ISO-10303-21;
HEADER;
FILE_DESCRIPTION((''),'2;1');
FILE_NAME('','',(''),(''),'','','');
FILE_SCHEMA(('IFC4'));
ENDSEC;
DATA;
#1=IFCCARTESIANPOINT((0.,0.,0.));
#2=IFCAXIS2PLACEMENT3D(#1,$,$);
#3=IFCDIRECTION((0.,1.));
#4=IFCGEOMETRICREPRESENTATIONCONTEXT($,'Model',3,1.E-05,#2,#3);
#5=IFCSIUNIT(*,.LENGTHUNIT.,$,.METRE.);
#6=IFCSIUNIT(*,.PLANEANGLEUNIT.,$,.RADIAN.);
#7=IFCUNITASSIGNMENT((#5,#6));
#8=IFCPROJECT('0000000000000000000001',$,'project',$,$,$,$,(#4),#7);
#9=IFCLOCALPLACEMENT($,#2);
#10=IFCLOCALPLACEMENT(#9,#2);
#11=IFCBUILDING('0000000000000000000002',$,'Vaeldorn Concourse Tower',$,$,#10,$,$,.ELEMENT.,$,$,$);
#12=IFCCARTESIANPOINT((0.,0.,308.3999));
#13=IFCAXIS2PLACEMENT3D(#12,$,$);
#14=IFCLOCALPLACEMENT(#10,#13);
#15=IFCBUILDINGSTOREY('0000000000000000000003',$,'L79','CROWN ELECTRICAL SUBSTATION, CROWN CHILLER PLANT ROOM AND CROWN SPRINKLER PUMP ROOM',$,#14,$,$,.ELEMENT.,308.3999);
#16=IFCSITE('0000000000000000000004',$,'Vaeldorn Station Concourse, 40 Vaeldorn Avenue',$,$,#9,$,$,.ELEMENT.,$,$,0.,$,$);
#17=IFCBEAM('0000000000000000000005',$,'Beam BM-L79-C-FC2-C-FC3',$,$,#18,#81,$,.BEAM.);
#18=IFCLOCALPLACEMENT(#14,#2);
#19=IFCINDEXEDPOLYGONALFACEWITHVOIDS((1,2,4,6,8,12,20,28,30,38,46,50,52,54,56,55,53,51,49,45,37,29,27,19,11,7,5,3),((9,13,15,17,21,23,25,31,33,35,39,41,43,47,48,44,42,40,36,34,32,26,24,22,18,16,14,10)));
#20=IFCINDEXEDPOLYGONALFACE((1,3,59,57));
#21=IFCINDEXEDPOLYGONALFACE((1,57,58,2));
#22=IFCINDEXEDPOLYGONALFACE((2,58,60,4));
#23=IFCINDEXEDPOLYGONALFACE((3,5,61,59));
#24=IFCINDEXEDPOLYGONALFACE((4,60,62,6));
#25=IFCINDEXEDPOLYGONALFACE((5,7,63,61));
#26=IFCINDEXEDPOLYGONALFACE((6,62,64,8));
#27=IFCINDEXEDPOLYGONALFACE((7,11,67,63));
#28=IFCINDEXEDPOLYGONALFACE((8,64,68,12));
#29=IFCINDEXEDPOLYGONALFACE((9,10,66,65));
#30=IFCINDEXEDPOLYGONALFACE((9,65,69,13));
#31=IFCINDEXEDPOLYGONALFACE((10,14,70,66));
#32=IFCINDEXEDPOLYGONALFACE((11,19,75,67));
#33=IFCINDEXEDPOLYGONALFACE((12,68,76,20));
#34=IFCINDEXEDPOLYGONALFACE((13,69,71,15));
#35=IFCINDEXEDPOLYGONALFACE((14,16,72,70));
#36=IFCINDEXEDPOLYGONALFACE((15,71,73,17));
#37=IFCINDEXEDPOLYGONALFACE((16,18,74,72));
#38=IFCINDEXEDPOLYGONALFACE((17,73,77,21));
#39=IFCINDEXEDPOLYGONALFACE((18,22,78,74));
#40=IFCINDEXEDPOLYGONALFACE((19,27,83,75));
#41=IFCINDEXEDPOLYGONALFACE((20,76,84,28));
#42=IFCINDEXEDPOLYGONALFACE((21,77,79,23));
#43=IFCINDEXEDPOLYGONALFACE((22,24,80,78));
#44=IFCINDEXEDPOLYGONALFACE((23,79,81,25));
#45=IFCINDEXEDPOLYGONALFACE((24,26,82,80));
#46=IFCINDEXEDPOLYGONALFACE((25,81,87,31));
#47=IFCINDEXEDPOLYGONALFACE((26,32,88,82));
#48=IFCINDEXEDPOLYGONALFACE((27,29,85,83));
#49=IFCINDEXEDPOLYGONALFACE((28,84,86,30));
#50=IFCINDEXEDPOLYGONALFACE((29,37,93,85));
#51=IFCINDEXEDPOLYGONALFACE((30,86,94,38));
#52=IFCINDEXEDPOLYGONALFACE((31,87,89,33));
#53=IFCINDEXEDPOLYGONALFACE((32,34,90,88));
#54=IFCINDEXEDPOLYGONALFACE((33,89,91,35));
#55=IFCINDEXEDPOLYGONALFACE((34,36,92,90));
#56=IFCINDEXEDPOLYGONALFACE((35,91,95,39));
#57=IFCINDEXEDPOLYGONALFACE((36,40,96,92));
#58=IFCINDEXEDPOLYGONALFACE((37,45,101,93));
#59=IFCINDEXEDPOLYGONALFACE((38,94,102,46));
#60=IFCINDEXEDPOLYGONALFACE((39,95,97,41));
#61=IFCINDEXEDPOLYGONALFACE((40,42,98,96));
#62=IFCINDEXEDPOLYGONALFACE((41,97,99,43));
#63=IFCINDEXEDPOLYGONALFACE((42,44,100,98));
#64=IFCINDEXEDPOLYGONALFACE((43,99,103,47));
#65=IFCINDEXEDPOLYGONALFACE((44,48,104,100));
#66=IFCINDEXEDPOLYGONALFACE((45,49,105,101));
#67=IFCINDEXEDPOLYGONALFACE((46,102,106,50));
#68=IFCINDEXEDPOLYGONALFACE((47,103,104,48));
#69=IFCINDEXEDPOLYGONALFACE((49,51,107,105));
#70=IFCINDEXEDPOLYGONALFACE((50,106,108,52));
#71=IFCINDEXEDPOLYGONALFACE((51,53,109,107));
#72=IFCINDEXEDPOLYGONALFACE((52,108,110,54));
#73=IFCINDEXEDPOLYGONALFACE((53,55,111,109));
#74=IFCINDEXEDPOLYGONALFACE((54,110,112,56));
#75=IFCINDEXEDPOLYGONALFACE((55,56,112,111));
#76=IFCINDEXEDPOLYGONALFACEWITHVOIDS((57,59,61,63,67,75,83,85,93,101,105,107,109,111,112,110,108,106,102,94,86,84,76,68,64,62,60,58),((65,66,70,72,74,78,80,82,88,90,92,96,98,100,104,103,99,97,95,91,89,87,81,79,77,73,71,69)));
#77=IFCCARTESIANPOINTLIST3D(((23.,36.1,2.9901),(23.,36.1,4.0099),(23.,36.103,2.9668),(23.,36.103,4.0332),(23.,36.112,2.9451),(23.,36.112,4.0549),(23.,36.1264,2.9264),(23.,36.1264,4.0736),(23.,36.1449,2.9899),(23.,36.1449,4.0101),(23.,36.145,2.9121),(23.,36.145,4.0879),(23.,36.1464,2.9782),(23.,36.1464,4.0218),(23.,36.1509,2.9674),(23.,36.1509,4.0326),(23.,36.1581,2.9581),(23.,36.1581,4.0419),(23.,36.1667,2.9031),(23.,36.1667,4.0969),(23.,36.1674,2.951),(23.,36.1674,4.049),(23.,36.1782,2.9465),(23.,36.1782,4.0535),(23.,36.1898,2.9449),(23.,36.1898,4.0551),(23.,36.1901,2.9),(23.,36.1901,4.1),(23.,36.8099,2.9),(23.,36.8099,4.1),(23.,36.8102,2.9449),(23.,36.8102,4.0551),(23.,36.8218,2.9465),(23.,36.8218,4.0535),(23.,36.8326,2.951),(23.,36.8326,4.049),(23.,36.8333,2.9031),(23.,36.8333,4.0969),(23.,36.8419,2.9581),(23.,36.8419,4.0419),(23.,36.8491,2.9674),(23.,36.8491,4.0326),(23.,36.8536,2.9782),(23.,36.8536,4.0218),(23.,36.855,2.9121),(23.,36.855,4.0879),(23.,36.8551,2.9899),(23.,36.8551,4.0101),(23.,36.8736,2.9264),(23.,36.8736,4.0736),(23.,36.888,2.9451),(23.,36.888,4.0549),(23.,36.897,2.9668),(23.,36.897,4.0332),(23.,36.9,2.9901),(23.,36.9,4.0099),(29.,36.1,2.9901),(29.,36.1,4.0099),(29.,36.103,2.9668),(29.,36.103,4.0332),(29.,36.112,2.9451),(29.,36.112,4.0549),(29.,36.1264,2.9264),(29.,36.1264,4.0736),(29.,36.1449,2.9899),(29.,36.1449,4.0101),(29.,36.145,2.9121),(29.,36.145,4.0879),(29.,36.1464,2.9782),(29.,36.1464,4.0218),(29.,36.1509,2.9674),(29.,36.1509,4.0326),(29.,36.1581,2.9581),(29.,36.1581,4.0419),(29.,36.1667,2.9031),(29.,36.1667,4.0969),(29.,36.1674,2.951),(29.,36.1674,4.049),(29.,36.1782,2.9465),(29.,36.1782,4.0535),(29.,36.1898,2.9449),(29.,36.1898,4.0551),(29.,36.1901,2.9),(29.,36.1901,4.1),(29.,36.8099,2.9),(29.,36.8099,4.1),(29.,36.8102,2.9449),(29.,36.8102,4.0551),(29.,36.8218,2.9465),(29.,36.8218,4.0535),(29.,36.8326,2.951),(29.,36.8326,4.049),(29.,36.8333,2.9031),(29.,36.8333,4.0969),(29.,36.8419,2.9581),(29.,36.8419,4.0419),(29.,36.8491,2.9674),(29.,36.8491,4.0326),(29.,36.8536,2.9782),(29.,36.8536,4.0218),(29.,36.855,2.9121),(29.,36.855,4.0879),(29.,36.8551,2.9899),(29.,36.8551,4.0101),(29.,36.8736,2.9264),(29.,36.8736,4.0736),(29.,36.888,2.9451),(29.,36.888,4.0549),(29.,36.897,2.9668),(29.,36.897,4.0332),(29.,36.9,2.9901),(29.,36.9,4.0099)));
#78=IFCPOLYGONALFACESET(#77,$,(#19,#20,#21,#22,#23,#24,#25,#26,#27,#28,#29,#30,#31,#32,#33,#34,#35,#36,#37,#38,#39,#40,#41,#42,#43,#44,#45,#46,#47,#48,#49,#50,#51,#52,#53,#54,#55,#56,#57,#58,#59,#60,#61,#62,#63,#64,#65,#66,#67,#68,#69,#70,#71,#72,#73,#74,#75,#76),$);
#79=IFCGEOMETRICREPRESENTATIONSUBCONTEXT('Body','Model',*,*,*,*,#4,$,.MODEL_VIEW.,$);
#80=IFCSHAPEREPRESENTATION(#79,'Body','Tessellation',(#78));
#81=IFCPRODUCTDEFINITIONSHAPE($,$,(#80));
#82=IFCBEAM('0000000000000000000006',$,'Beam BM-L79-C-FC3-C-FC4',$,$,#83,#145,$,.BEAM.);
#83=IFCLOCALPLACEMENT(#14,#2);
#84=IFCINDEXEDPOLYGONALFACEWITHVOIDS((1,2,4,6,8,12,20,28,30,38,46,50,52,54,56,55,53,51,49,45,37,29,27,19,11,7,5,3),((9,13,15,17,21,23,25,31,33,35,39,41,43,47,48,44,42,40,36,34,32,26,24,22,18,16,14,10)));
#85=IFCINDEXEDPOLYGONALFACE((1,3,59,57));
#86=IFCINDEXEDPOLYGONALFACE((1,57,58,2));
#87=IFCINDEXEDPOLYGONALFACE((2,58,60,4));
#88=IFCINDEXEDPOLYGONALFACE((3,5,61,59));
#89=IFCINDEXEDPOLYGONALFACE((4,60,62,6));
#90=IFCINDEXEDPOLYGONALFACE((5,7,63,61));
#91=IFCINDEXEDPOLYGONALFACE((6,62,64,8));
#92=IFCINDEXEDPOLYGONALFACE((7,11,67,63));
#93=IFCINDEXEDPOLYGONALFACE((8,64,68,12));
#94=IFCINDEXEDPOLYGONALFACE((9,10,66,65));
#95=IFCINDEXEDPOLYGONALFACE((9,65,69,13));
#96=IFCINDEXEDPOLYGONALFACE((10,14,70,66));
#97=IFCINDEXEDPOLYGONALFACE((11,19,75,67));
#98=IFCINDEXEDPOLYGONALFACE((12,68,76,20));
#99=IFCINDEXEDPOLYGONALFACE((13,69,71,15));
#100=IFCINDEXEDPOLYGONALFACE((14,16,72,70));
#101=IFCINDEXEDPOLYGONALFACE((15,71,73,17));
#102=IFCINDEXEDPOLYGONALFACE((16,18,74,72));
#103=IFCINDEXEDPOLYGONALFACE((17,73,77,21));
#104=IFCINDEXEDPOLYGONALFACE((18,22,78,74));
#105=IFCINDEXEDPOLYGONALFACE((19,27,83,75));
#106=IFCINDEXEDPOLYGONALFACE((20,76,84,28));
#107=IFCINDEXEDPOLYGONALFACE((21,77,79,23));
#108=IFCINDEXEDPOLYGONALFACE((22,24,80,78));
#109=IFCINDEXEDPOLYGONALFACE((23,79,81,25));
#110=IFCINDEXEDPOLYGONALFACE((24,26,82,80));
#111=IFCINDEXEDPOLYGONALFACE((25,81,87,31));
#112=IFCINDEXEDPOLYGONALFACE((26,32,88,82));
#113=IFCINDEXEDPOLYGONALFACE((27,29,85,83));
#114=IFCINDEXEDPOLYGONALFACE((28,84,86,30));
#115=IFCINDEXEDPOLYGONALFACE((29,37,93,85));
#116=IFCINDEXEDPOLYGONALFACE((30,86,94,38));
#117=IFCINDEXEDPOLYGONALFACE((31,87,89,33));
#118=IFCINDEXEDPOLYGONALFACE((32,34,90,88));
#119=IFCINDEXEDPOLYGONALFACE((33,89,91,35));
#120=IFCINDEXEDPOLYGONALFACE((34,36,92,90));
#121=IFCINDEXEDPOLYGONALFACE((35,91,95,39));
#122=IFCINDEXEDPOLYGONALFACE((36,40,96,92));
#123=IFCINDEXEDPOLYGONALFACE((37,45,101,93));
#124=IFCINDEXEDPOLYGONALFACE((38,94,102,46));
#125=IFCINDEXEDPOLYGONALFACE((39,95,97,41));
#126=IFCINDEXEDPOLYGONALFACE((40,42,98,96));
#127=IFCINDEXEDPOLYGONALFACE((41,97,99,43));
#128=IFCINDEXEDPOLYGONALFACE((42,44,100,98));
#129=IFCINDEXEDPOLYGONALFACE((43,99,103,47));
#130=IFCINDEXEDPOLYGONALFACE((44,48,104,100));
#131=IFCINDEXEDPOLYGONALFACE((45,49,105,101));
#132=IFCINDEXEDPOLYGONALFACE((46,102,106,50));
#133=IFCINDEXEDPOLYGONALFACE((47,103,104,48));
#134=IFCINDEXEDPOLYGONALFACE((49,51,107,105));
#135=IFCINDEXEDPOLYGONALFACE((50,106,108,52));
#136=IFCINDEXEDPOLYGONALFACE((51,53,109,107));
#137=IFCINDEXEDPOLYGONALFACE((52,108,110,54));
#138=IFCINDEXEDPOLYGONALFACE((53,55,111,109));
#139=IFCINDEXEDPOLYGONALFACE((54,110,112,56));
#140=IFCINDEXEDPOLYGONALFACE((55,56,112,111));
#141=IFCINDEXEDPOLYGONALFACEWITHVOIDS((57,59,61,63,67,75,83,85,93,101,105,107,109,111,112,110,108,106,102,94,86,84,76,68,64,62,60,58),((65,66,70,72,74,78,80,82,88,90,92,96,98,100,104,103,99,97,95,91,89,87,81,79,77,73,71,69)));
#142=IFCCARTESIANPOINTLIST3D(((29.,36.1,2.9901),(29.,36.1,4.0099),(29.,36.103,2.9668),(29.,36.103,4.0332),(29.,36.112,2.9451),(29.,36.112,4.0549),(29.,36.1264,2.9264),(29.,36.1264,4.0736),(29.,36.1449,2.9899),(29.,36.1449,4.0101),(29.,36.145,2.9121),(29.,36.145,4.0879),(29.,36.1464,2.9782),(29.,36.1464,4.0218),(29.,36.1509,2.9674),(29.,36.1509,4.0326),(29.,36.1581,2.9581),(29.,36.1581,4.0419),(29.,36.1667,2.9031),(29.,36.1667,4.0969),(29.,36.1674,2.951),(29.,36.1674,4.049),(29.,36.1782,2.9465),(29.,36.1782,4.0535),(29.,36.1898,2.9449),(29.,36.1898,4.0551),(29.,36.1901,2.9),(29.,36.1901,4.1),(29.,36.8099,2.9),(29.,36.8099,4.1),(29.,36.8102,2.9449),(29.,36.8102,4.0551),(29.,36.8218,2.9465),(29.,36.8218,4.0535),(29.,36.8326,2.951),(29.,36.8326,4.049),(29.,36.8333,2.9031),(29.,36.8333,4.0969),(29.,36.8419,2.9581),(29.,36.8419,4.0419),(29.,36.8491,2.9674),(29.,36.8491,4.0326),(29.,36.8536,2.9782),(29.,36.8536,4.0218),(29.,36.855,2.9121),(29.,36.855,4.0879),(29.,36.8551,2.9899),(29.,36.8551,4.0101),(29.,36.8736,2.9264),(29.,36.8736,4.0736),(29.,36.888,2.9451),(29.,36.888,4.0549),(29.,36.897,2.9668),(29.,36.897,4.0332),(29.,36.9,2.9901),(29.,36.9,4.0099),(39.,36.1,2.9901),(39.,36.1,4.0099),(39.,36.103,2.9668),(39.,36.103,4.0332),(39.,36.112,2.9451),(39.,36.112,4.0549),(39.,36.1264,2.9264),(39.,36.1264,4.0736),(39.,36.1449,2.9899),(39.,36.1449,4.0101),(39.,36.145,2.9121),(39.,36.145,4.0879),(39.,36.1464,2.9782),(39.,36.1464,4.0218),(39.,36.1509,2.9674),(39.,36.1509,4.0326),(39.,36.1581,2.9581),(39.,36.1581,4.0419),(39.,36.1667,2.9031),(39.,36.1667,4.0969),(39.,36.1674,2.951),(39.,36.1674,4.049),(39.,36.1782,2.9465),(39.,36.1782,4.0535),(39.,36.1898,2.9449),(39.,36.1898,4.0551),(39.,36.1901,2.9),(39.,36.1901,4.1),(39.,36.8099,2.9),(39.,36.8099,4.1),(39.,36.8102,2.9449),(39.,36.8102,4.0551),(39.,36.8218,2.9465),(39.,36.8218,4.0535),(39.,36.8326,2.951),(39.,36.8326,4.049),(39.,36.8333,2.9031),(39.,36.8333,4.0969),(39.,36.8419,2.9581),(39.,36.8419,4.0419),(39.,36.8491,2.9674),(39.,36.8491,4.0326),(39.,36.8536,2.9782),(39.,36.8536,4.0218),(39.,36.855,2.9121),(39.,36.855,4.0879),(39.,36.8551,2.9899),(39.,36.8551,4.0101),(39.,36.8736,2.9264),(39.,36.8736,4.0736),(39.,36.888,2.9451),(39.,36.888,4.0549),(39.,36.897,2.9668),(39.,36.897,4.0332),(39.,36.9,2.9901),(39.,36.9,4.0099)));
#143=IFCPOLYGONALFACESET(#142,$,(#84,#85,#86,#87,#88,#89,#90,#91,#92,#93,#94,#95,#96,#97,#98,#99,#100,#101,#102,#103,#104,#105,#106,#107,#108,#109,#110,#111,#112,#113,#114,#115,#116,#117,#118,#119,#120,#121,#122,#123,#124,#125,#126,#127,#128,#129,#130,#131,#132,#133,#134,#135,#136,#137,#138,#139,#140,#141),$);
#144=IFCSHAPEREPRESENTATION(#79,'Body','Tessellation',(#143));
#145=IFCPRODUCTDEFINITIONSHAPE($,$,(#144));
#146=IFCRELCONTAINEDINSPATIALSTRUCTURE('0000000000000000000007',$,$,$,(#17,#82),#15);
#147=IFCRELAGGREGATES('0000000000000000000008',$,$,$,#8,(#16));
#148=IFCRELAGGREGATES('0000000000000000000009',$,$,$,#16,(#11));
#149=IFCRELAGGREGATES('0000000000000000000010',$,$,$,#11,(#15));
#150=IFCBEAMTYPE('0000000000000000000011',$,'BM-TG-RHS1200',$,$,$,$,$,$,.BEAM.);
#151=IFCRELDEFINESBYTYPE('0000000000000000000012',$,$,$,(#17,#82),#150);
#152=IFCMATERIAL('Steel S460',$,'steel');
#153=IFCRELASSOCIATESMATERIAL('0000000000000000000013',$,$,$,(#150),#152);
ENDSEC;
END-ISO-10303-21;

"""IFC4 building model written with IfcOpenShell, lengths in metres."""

from ifc_helpers import new_model, si_unit, direction, frame, origin, origin_2d, place, context, subcontext, project, spatial, hollow_rectangle, extrude, source, transform, mapped, material, material_profile, profile_set, type_object, element, save


model = new_model("IFC4")

# Units and contexts
model_context = context("Model", 3, precision=1e-05, world=origin(), true_north=direction((0.0, 1.0)))
body_context = subcontext(model_context, "Body", "Model", "MODEL_VIEW")
ifc_project = project(units=[si_unit("LENGTHUNIT", "METRE"), si_unit("PLANEANGLEUNIT", "RADIAN")], contexts=[model_context])

# Site, building, storey
site_placement = place(None, origin())
site = spatial("IfcSite", under=ifc_project, at=site_placement, Name="Vaeldorn Station Concourse, 40 Vaeldorn Avenue", CompositionType="ELEMENT", RefElevation=0.0)
building_placement = place(site_placement, origin())
building = spatial("IfcBuilding", under=site, at=building_placement, Name="Vaeldorn Concourse Tower", CompositionType="ELEMENT")
storey_placement = place(building_placement, frame((0.0, 0.0, 308.3999)))
storey = spatial("IfcBuildingStorey", under=building, at=storey_placement, Name="L79", Description="CROWN ELECTRICAL SUBSTATION, CROWN CHILLER PLANT ROOM AND CROWN SPRINKLER PUMP ROOM", CompositionType="ELEMENT", Elevation=308.3999)

# Beams
ifc_material_1 = material(Name="Steel S460", Category="steel")
ifc_material_profile_1 = material_profile(ifc_material_1, hollow_rectangle(XDim=0.8, YDim=1.2, WallThickness=0.0449, InnerFilletRadius=0.0449, OuterFilletRadius=0.0901, at=origin_2d()), Name="RHS 1200x800x45")
ifc_profile_set_1 = profile_set([ifc_material_profile_1], Name="Steel S460")
beam_type = type_object("IfcBeamType", Name="BM-TG-RHS1200", PredefinedType="BEAM", material=ifc_profile_set_1)
shared_shape_1 = source(origin(), body_context, "Body", "SweptSolid", [
    extrude(hollow_rectangle(XDim=0.8, YDim=1.2, WallThickness=0.0449, InnerFilletRadius=0.0449, OuterFilletRadius=0.0901, at=origin_2d()), origin(), (0.0, 0.0, 1.0), 6.0),
])
beam_1_placement = place(storey_placement, frame((23.0, 36.5, 3.5), z_axis=(1.0, 0.0, 0.0), x_axis=(0.0, 1.0, 0.0)))
element("IfcBeam", 1, at=beam_1_placement, inside=storey, type_object=beam_type, Name="Beam BM-L79-C-FC2-C-FC3", PredefinedType="BEAM", context=body_context, shape_type="MappedRepresentation", body=[
    mapped(shared_shape_1, transform((0.0, 0.0, 0.0), scale=1.0)),
])
shared_shape_2 = source(origin(), body_context, "Body", "SweptSolid", [
    extrude(hollow_rectangle(XDim=0.8, YDim=1.2, WallThickness=0.0449, InnerFilletRadius=0.0449, OuterFilletRadius=0.0901, at=origin_2d()), origin(), (0.0, 0.0, 1.0), 10.0),
])
beam_2_placement = place(storey_placement, frame((29.0, 36.5, 3.5), z_axis=(1.0, 0.0, 0.0), x_axis=(0.0, 1.0, 0.0)))
element("IfcBeam", 2, at=beam_2_placement, inside=storey, type_object=beam_type, Name="Beam BM-L79-C-FC3-C-FC4", PredefinedType="BEAM", context=body_context, shape_type="MappedRepresentation", body=[
    mapped(shared_shape_2, transform((0.0, 0.0, 0.0), scale=1.0)),
])

save(model, "model.ifc")
